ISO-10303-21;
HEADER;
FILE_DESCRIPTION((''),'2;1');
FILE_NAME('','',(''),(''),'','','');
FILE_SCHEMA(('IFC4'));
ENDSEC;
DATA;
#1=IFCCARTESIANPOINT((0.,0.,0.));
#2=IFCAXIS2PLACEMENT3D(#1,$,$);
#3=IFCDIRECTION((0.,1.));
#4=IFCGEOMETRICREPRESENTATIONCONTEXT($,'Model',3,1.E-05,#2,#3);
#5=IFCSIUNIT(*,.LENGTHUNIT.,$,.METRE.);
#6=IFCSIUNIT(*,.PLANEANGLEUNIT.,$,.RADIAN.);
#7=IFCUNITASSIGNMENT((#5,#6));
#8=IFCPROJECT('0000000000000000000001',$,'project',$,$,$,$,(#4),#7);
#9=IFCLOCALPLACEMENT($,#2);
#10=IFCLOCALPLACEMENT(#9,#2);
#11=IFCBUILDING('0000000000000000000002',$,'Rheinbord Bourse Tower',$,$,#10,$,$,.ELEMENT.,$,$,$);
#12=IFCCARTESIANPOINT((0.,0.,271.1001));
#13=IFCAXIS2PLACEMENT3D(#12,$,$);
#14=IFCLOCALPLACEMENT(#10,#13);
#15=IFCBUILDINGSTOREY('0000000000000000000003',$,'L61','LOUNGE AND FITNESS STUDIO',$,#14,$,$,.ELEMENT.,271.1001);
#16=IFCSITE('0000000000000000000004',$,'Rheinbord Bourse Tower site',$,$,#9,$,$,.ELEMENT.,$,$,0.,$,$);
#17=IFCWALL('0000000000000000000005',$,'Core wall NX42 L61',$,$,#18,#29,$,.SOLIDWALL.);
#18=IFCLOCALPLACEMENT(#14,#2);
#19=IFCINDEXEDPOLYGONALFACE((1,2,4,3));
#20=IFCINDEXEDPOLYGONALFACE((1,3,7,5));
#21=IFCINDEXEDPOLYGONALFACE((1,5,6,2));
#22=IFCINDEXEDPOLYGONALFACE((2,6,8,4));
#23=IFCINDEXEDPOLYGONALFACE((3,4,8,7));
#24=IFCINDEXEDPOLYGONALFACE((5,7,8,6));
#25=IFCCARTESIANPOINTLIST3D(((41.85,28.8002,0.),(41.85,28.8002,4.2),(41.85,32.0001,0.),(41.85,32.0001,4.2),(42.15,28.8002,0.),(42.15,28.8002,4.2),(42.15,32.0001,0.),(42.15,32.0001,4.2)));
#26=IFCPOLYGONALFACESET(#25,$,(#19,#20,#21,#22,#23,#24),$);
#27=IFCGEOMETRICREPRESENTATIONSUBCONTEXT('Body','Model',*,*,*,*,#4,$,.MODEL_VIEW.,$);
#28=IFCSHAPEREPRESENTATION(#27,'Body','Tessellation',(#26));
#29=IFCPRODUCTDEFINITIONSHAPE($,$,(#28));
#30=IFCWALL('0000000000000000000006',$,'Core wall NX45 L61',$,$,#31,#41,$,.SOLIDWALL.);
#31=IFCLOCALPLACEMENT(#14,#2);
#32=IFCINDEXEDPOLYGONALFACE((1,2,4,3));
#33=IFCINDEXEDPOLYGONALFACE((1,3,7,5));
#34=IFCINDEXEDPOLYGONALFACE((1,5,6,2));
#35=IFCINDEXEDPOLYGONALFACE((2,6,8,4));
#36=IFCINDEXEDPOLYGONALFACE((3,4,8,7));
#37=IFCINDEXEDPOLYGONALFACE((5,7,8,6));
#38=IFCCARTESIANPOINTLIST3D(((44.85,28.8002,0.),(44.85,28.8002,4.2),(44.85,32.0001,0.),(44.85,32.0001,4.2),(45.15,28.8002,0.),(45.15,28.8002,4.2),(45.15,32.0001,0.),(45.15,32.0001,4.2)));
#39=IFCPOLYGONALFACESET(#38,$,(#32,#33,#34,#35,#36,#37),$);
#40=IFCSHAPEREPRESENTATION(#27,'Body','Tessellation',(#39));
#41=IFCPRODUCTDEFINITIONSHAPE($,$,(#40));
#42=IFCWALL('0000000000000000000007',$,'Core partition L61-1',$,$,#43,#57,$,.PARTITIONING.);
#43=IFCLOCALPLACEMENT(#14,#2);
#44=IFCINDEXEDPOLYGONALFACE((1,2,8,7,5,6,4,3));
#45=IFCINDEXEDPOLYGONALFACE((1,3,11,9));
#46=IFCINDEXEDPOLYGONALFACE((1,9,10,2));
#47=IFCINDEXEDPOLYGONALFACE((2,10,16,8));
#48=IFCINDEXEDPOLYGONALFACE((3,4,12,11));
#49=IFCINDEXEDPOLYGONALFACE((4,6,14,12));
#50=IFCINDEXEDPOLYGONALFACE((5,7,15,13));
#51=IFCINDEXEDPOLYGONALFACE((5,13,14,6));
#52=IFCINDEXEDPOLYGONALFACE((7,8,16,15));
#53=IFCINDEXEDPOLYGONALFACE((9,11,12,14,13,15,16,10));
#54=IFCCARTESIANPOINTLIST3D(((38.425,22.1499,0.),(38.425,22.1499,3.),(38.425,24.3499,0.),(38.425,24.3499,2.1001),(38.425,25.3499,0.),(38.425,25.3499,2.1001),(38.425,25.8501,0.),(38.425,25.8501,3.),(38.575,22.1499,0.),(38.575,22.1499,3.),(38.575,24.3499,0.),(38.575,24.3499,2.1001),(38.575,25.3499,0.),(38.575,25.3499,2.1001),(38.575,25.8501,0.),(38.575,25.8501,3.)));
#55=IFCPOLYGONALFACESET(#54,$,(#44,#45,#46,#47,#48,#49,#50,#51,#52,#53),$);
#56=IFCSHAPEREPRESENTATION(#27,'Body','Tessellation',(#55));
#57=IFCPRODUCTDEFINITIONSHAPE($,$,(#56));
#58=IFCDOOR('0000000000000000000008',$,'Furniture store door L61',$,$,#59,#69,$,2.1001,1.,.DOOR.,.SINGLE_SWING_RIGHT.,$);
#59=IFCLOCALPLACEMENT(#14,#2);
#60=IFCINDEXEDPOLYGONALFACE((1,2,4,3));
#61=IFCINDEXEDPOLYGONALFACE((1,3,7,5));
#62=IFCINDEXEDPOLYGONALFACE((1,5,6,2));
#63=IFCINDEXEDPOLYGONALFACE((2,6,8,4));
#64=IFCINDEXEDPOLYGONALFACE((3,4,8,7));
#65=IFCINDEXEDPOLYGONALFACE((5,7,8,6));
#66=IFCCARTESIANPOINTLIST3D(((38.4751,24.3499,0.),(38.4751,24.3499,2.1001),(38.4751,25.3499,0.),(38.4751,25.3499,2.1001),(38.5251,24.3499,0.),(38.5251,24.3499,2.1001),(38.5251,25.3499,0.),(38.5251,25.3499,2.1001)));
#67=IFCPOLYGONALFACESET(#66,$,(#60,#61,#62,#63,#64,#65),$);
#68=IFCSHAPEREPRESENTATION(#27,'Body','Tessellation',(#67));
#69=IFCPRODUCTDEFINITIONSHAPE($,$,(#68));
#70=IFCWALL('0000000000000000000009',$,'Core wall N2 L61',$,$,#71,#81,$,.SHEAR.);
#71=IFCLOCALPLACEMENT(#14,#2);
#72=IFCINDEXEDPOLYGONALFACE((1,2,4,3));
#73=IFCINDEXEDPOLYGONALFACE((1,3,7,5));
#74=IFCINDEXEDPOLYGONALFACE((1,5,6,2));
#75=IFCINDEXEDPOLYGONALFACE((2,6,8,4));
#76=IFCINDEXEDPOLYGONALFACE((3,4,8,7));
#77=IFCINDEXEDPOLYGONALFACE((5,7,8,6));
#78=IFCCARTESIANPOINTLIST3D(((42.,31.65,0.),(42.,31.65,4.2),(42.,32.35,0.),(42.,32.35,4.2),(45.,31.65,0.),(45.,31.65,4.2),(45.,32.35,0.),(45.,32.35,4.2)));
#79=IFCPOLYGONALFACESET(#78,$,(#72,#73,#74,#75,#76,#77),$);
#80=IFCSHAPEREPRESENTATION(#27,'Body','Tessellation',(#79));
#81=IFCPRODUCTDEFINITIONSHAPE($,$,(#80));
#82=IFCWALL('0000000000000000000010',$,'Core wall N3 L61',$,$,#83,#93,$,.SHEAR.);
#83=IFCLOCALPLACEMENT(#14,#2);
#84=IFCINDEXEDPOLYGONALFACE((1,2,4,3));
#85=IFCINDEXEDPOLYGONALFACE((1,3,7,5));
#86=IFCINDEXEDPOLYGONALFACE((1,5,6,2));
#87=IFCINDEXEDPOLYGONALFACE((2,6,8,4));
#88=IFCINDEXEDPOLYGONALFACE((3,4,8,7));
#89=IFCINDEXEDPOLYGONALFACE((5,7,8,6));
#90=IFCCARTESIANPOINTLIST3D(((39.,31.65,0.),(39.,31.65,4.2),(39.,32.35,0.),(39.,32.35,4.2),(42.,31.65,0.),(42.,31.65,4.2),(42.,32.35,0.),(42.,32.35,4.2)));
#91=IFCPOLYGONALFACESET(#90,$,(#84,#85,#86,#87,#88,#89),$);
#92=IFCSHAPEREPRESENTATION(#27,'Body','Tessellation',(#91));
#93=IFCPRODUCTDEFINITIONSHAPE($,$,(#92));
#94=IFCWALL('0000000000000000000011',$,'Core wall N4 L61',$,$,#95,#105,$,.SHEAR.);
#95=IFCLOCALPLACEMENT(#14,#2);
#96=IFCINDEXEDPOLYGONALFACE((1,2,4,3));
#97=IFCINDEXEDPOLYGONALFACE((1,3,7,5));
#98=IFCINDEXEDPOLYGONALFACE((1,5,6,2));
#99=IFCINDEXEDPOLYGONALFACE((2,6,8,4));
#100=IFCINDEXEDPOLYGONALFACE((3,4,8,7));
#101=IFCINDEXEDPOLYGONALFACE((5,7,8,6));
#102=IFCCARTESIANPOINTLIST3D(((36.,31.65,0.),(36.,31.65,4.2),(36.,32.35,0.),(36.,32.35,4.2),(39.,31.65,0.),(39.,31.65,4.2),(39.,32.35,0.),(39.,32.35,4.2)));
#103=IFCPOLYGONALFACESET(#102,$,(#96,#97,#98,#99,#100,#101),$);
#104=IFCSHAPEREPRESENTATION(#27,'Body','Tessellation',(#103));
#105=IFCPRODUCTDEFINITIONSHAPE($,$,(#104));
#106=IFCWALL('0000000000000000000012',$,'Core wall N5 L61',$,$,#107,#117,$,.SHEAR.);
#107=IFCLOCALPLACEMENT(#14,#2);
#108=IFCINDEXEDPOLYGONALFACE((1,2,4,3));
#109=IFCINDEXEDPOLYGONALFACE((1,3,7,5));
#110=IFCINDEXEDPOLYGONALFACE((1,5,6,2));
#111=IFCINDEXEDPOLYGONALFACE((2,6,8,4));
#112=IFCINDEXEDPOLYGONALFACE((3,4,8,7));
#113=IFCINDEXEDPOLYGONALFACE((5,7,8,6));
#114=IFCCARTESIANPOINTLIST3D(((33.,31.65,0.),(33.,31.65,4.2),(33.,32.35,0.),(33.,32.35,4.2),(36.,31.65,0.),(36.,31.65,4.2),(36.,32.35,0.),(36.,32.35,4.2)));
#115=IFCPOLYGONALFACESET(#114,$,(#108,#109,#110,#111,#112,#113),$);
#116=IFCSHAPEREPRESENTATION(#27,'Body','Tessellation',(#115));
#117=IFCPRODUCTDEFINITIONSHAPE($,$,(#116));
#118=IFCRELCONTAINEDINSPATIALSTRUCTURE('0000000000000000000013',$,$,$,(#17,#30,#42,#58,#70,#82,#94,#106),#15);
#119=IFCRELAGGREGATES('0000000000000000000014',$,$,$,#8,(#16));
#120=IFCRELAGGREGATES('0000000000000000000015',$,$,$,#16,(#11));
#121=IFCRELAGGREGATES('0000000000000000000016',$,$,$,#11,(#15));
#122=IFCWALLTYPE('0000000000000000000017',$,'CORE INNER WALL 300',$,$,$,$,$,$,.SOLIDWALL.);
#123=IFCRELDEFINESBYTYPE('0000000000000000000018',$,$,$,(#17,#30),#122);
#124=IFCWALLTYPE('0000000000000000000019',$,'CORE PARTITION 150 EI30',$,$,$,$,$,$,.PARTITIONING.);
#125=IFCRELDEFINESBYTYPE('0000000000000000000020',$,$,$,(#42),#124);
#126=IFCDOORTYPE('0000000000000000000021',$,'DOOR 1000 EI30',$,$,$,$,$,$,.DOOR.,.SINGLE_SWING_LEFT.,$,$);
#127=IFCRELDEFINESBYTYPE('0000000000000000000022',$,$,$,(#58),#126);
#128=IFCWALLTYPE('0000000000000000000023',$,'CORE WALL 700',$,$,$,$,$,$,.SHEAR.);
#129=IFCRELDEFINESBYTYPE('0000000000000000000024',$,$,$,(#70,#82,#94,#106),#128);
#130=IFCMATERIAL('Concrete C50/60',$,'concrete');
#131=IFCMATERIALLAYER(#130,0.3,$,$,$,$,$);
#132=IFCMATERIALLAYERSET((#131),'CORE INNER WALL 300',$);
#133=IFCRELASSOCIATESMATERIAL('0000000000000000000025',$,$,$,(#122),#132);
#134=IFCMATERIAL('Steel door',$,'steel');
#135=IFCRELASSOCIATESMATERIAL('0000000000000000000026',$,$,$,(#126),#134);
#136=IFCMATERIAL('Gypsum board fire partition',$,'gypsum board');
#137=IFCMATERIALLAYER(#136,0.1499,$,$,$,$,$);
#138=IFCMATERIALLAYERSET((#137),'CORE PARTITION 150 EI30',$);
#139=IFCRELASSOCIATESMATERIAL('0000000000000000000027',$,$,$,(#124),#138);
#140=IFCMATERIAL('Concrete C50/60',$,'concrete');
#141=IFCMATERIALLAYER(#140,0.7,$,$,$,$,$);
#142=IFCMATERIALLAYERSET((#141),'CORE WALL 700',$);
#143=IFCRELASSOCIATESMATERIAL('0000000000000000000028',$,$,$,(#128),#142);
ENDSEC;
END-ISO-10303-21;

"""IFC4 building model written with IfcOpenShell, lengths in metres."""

from ifc_helpers import new_model, si_unit, direction, frame, frame_2d, origin, place, context, subcontext, project, spatial, rectangle, extrude, material, layer, layer_set, type_object, element, fill, save


model = new_model("IFC4")

# Units and contexts
model_context = context("Model", 3, precision=1e-05, world=origin(), true_north=direction((0.0, 1.0)))
body_context = subcontext(model_context, "Body", "Model", "MODEL_VIEW")
ifc_project = project(units=[si_unit("LENGTHUNIT", "METRE"), si_unit("PLANEANGLEUNIT", "RADIAN")], contexts=[model_context])

# Site, building, storey
site_placement = place(None, origin())
site = spatial("IfcSite", under=ifc_project, at=site_placement, Name="Rheinbord Bourse Tower site", CompositionType="ELEMENT", RefElevation=0.0)
building_placement = place(site_placement, origin())
building = spatial("IfcBuilding", under=site, at=building_placement, Name="Rheinbord Bourse Tower", CompositionType="ELEMENT")
storey_placement = place(building_placement, frame((0.0, 0.0, 271.1001)))
storey = spatial("IfcBuildingStorey", under=building, at=storey_placement, Name="L61", Description="LOUNGE AND FITNESS STUDIO", CompositionType="ELEMENT", Elevation=271.1001)

# Shared definitions
ifc_material_1 = material(Name="Concrete C50/60", Category="concrete")
ifc_layer_1 = layer(ifc_material_1, 0.3)
ifc_layer_set_1 = layer_set([ifc_layer_1], Name="CORE INNER WALL 300")
wall_type_1 = type_object("IfcWallType", Name="CORE INNER WALL 300", PredefinedType="SOLIDWALL", material=ifc_layer_set_1)
ifc_material_2 = material(Name="Steel door", Category="steel")
door_type_1 = type_object("IfcDoorType", Name="DOOR 1000 EI30", OperationType="SINGLE_SWING_LEFT", PredefinedType="DOOR", material=ifc_material_2)

# Walls
for number, where, z_axis, x_axis, name in (
    (1, (42.0, 28.8, 0.0), (0.0, 0.0, 1.0), (0.0, 1.0, 0.0), "Core wall NX42 L61"),
    (2, (45.0, 28.8, 0.0), (0.0, 0.0, 1.0), (0.0, 1.0, 0.0), "Core wall NX45 L61"),
):
    element("IfcWall", number, at=place(storey_placement, frame(where, z_axis=z_axis, x_axis=x_axis)), inside=storey, type_object=wall_type_1, Name=name, PredefinedType="SOLIDWALL", context=body_context, shape_type="SweptSolid", body=[
        extrude(rectangle(XDim=3.2, YDim=0.3, at=frame_2d((1.6001, 0.0))), origin(), (0.0, 0.0, 1.0), 4.2),
    ])

# Wall, opening, door
ifc_material_3 = material(Name="Gypsum board fire partition", Category="gypsum board")
ifc_layer_2 = layer(ifc_material_3, 0.1499)
ifc_layer_set_2 = layer_set([ifc_layer_2], Name="CORE PARTITION 150 EI30")
wall_type_2 = type_object("IfcWallType", Name="CORE PARTITION 150 EI30", PredefinedType="PARTITIONING", material=ifc_layer_set_2)
wall_1_placement = place(storey_placement, frame((38.5, 22.1499, 0.0), z_axis=(0.0, 0.0, 1.0), x_axis=(0.0, 1.0, 0.0)))
wall_1 = element("IfcWall", 3, at=wall_1_placement, inside=storey, type_object=wall_type_2, Name="Core partition L61-1", PredefinedType="PARTITIONING", context=body_context, shape_type="SweptSolid", body=[
    extrude(rectangle(XDim=3.7002, YDim=0.1499, at=frame_2d((1.8501, 0.0))), origin(), (0.0, 0.0, 1.0), 3.0),
])
opening_1_placement = place(wall_1_placement, frame((2.2, 0.0, 0.0)))
opening_1 = element("IfcOpeningElement", 4, at=opening_1_placement, cuts=wall_1, PredefinedType="OPENING", context=body_context, shape_type="SweptSolid", body=[
    extrude(rectangle(XDim=1.0, YDim=2.1001, at=frame_2d((0.5, 1.05))), frame((0.0, 0.085, 0.0), z_axis=(0.0, -1.0, 0.0), x_axis=(1.0, 0.0, 0.0)), (0.0, 0.0, 1.0), 0.1699),
])
door_1_placement = place(opening_1_placement, origin())
door_1 = element("IfcDoor", 5, at=door_1_placement, inside=storey, type_object=door_type_1, Name="Furniture store door L61", OperationType="SINGLE_SWING_RIGHT", OverallHeight=2.1001, OverallWidth=1.0, PredefinedType="DOOR", context=body_context, shape_type="SweptSolid", body=[
    extrude(rectangle(XDim=1.0, YDim=2.1001, at=frame_2d((0.5, 1.05))), frame((0.0, 0.0249, 0.0), z_axis=(0.0, -1.0, 0.0), x_axis=(1.0, 0.0, 0.0)), (0.0, 0.0, 1.0), 0.05),
])
fill(opening_1, door_1)

# Walls
ifc_material_4 = material(Name="Concrete C50/60", Category="concrete")
ifc_layer_3 = layer(ifc_material_4, 0.7)
ifc_layer_set_3 = layer_set([ifc_layer_3], Name="CORE WALL 700")
wall_type_3 = type_object("IfcWallType", Name="CORE WALL 700", PredefinedType="SHEAR", material=ifc_layer_set_3)
for number, where, z_axis, x_axis, name in (
    (6, (45.0, 32.0, 0.0), (0.0, 0.0, 1.0), (-1.0, 0.0, 0.0), "Core wall N2 L61"),
    (7, (42.0, 32.0, 0.0), (0.0, 0.0, 1.0), (-1.0, 0.0, 0.0), "Core wall N3 L61"),
    (8, (39.0, 32.0, 0.0), (0.0, 0.0, 1.0), (-1.0, 0.0, 0.0), "Core wall N4 L61"),
    (9, (36.0, 32.0, 0.0), (0.0, 0.0, 1.0), (-1.0, 0.0, 0.0), "Core wall N5 L61"),
):
    element("IfcWall", number, at=place(storey_placement, frame(where, z_axis=z_axis, x_axis=x_axis)), inside=storey, type_object=wall_type_3, Name=name, PredefinedType="SHEAR", context=body_context, shape_type="SweptSolid", body=[
        extrude(rectangle(XDim=3.0, YDim=0.7, at=frame_2d((1.5, 0.0))), origin(), (0.0, 0.0, 1.0), 4.2),
    ])

save(model, "model.ifc")
